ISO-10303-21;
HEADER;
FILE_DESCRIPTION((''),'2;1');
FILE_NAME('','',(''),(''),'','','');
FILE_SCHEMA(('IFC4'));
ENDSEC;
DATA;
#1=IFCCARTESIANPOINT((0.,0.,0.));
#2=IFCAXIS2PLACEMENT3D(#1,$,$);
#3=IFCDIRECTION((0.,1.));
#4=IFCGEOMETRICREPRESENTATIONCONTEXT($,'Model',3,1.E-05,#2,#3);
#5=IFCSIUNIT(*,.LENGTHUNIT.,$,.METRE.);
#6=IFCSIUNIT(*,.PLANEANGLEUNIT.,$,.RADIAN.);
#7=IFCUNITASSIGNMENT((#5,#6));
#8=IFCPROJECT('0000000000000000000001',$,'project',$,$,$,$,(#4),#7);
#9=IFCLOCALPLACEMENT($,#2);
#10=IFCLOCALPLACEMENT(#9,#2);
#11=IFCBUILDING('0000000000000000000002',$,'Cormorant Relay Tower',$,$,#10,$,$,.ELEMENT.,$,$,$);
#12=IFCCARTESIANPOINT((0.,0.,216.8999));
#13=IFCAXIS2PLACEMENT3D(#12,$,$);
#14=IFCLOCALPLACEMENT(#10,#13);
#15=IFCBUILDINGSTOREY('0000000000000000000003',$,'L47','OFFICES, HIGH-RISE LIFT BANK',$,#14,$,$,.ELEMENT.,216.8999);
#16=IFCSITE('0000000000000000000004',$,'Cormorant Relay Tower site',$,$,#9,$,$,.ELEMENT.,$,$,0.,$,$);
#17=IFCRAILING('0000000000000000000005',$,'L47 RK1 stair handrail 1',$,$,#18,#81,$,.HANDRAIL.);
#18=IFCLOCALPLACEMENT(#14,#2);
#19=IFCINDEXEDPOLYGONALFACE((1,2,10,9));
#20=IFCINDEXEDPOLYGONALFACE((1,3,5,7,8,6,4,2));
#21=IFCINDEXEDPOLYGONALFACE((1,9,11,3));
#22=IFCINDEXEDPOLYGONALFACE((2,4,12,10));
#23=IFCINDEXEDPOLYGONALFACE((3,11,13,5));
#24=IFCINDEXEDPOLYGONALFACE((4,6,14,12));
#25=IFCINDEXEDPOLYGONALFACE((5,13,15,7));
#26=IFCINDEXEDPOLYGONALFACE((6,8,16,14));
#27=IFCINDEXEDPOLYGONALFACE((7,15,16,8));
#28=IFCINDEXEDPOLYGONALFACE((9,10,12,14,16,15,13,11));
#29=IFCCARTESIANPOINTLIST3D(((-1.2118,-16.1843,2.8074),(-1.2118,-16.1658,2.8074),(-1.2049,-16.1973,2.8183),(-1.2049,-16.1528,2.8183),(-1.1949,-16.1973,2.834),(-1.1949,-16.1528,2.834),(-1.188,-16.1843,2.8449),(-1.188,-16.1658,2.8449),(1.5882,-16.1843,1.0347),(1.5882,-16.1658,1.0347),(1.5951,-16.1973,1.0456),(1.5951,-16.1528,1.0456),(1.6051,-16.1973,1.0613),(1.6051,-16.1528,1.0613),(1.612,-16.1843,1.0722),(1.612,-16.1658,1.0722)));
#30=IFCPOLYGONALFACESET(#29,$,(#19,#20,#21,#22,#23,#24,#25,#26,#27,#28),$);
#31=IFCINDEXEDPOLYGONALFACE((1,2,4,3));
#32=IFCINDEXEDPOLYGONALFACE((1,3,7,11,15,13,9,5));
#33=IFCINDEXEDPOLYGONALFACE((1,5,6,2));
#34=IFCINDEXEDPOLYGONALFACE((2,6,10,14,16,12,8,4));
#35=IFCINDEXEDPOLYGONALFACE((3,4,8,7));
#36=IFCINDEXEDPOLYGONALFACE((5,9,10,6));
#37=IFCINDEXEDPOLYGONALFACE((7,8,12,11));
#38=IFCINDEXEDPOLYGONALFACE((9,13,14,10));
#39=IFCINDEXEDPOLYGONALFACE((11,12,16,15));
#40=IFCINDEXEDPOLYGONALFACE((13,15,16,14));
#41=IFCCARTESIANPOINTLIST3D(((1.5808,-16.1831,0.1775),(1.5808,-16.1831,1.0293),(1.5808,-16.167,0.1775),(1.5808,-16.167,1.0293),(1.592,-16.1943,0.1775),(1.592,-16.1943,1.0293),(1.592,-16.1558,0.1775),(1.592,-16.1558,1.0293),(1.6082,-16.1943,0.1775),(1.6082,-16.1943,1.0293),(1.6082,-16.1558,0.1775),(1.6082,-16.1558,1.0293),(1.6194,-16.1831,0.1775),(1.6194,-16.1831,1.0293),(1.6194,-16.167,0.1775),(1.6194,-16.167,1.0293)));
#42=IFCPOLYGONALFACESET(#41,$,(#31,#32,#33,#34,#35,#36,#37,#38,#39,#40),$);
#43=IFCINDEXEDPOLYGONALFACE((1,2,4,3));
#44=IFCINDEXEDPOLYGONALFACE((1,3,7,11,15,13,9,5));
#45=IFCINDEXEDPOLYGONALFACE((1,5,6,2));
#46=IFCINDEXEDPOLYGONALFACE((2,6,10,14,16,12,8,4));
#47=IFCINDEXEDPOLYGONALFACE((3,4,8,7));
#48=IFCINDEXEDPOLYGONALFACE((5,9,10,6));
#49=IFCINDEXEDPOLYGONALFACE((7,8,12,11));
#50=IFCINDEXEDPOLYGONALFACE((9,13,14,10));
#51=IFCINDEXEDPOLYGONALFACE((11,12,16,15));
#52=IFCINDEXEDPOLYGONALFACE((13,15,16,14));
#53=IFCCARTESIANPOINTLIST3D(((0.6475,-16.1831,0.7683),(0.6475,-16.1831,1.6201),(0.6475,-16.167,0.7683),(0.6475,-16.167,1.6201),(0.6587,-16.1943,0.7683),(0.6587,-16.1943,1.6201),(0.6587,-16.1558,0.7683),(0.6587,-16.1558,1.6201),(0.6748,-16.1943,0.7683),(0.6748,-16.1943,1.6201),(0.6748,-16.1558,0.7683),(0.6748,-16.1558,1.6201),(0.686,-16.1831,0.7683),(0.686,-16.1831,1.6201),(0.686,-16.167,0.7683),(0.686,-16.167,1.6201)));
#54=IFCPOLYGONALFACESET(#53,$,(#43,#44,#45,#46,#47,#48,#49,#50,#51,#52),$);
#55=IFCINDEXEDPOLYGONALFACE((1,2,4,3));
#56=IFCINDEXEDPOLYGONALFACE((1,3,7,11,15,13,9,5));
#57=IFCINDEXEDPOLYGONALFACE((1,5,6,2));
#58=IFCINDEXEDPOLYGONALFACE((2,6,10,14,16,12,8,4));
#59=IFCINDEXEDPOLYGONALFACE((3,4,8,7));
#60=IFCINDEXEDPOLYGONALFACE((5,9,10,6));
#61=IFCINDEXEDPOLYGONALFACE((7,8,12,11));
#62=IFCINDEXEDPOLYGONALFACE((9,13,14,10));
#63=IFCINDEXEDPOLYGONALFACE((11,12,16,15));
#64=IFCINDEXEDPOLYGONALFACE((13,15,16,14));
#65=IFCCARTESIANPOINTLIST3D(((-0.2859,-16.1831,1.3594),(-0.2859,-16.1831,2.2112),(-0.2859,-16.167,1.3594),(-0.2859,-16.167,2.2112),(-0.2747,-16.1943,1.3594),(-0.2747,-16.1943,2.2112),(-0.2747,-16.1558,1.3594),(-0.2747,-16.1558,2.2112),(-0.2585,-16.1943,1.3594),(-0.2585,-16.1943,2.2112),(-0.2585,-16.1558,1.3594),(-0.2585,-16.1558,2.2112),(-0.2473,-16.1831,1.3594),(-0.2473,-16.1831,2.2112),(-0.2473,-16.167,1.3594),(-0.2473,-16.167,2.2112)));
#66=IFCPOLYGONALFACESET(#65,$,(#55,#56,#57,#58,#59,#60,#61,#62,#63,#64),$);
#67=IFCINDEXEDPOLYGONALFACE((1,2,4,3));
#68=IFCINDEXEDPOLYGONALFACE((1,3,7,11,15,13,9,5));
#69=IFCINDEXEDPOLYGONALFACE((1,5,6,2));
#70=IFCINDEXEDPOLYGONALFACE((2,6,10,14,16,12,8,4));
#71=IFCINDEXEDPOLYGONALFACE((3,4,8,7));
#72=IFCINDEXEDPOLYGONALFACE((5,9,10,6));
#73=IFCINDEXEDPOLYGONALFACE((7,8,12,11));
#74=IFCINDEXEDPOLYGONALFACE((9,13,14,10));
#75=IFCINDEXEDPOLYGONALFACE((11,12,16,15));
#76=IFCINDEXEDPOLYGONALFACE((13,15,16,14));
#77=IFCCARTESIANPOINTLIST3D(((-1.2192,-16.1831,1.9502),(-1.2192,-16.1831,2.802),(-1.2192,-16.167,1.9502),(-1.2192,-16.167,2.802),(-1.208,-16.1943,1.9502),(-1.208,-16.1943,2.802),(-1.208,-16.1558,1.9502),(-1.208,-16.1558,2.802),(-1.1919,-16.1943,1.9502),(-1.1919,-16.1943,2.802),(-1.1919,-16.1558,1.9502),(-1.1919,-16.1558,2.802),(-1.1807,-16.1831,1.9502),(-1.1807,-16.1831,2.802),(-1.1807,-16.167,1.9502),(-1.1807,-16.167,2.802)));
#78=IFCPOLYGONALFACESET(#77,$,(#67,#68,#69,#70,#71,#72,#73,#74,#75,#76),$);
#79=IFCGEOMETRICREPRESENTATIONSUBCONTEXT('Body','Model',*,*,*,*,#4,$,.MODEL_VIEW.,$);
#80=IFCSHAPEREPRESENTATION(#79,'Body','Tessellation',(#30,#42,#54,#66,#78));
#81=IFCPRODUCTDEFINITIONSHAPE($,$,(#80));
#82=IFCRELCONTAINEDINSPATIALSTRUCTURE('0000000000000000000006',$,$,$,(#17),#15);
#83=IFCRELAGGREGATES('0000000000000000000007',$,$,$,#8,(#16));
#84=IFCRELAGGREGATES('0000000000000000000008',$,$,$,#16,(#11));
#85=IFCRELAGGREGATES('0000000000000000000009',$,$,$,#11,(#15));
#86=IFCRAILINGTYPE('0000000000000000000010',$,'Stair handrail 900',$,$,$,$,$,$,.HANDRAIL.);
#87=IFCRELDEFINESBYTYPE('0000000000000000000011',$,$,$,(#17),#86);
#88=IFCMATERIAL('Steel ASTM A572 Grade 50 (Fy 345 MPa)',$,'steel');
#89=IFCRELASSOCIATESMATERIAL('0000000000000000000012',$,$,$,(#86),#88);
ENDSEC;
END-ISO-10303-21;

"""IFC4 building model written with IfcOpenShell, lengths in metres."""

from ifc_helpers import new_model, si_unit, direction, frame, origin, place, context, subcontext, project, spatial, polyline, outline, extrude, material, type_object, element, save


model = new_model("IFC4")

# Units and contexts
model_context = context("Model", 3, precision=1e-05, world=origin(), true_north=direction((0.0, 1.0)))
body_context = subcontext(model_context, "Body", "Model", "MODEL_VIEW")
ifc_project = project(units=[si_unit("LENGTHUNIT", "METRE"), si_unit("PLANEANGLEUNIT", "RADIAN")], contexts=[model_context])

# Site, building, storey
site_placement = place(None, origin())
site = spatial("IfcSite", under=ifc_project, at=site_placement, Name="Cormorant Relay Tower site", CompositionType="ELEMENT", RefElevation=0.0)
building_placement = place(site_placement, origin())
building = spatial("IfcBuilding", under=site, at=building_placement, Name="Cormorant Relay Tower", CompositionType="ELEMENT")
storey_placement = place(building_placement, frame((0.0, 0.0, 216.8999)))
storey = spatial("IfcBuildingStorey", under=building, at=storey_placement, Name="L47", Description="OFFICES, HIGH-RISE LIFT BANK", CompositionType="ELEMENT", Elevation=216.8999)

# Railing
ifc_material_1 = material(Name="Steel ASTM A572 Grade 50 (Fy 345 MPa)", Category="steel")
railing_type = type_object("IfcRailingType", Name="Stair handrail 900", PredefinedType="HANDRAIL", material=ifc_material_1)
railing_placement = place(storey_placement, frame((1.6001, -16.175, 0.1775)))
element("IfcRailing", 1, at=railing_placement, inside=storey, type_object=railing_type, Name="L47 RK1 stair handrail 1", PredefinedType="HANDRAIL", context=body_context, shape_type="SweptSolid", body=[
    extrude(outline(polyline([(0.0222, 0.0093), (0.0093, 0.0222), (-0.0093, 0.0222), (-0.0222, 0.0093), (-0.0222, -0.0093), (-0.0093, -0.0222), (0.0093, -0.0222), (0.0222, -0.0093), (0.0222, 0.0093)])), frame((0.0, 0.0, 0.876), z_axis=(-0.844909, 0.0, 0.53491), x_axis=(0.0, -1.0, 0.0)), (0.0, 0.0, 1.0), 3.314),
    extrude(outline(polyline([(0.0193, 0.0081), (0.0081, 0.0193), (-0.0081, 0.0193), (-0.0193, 0.0081), (-0.0193, -0.0081), (-0.0081, -0.0193), (0.0081, -0.0193), (0.0193, -0.0081), (0.0193, 0.0081)])), origin(), (0.0, 0.0, 1.0), 0.8518),
    extrude(outline(polyline([(0.0193, 0.0081), (0.0081, 0.0193), (-0.0081, 0.0193), (-0.0193, 0.0081), (-0.0193, -0.0081), (-0.0081, -0.0193), (0.0081, -0.0193), (0.0193, -0.0081), (0.0193, 0.0081)])), frame((-0.9333, 0.0, 0.5908)), (0.0, 0.0, 1.0), 0.8518),
    extrude(outline(polyline([(0.0193, 0.0081), (0.0081, 0.0193), (-0.0081, 0.0193), (-0.0193, 0.0081), (-0.0193, -0.0081), (-0.0081, -0.0193), (0.0081, -0.0193), (0.0193, -0.0081), (0.0193, 0.0081)])), frame((-1.8667, 0.0, 1.1819)), (0.0, 0.0, 1.0), 0.8518),
    extrude(outline(polyline([(0.0193, 0.0081), (0.0081, 0.0193), (-0.0081, 0.0193), (-0.0193, 0.0081), (-0.0193, -0.0081), (-0.0081, -0.0193), (0.0081, -0.0193), (0.0193, -0.0081), (0.0193, 0.0081)])), frame((-2.8, 0.0, 1.7727)), (0.0, 0.0, 1.0), 0.8518),
])

save(model, "model.ifc")
